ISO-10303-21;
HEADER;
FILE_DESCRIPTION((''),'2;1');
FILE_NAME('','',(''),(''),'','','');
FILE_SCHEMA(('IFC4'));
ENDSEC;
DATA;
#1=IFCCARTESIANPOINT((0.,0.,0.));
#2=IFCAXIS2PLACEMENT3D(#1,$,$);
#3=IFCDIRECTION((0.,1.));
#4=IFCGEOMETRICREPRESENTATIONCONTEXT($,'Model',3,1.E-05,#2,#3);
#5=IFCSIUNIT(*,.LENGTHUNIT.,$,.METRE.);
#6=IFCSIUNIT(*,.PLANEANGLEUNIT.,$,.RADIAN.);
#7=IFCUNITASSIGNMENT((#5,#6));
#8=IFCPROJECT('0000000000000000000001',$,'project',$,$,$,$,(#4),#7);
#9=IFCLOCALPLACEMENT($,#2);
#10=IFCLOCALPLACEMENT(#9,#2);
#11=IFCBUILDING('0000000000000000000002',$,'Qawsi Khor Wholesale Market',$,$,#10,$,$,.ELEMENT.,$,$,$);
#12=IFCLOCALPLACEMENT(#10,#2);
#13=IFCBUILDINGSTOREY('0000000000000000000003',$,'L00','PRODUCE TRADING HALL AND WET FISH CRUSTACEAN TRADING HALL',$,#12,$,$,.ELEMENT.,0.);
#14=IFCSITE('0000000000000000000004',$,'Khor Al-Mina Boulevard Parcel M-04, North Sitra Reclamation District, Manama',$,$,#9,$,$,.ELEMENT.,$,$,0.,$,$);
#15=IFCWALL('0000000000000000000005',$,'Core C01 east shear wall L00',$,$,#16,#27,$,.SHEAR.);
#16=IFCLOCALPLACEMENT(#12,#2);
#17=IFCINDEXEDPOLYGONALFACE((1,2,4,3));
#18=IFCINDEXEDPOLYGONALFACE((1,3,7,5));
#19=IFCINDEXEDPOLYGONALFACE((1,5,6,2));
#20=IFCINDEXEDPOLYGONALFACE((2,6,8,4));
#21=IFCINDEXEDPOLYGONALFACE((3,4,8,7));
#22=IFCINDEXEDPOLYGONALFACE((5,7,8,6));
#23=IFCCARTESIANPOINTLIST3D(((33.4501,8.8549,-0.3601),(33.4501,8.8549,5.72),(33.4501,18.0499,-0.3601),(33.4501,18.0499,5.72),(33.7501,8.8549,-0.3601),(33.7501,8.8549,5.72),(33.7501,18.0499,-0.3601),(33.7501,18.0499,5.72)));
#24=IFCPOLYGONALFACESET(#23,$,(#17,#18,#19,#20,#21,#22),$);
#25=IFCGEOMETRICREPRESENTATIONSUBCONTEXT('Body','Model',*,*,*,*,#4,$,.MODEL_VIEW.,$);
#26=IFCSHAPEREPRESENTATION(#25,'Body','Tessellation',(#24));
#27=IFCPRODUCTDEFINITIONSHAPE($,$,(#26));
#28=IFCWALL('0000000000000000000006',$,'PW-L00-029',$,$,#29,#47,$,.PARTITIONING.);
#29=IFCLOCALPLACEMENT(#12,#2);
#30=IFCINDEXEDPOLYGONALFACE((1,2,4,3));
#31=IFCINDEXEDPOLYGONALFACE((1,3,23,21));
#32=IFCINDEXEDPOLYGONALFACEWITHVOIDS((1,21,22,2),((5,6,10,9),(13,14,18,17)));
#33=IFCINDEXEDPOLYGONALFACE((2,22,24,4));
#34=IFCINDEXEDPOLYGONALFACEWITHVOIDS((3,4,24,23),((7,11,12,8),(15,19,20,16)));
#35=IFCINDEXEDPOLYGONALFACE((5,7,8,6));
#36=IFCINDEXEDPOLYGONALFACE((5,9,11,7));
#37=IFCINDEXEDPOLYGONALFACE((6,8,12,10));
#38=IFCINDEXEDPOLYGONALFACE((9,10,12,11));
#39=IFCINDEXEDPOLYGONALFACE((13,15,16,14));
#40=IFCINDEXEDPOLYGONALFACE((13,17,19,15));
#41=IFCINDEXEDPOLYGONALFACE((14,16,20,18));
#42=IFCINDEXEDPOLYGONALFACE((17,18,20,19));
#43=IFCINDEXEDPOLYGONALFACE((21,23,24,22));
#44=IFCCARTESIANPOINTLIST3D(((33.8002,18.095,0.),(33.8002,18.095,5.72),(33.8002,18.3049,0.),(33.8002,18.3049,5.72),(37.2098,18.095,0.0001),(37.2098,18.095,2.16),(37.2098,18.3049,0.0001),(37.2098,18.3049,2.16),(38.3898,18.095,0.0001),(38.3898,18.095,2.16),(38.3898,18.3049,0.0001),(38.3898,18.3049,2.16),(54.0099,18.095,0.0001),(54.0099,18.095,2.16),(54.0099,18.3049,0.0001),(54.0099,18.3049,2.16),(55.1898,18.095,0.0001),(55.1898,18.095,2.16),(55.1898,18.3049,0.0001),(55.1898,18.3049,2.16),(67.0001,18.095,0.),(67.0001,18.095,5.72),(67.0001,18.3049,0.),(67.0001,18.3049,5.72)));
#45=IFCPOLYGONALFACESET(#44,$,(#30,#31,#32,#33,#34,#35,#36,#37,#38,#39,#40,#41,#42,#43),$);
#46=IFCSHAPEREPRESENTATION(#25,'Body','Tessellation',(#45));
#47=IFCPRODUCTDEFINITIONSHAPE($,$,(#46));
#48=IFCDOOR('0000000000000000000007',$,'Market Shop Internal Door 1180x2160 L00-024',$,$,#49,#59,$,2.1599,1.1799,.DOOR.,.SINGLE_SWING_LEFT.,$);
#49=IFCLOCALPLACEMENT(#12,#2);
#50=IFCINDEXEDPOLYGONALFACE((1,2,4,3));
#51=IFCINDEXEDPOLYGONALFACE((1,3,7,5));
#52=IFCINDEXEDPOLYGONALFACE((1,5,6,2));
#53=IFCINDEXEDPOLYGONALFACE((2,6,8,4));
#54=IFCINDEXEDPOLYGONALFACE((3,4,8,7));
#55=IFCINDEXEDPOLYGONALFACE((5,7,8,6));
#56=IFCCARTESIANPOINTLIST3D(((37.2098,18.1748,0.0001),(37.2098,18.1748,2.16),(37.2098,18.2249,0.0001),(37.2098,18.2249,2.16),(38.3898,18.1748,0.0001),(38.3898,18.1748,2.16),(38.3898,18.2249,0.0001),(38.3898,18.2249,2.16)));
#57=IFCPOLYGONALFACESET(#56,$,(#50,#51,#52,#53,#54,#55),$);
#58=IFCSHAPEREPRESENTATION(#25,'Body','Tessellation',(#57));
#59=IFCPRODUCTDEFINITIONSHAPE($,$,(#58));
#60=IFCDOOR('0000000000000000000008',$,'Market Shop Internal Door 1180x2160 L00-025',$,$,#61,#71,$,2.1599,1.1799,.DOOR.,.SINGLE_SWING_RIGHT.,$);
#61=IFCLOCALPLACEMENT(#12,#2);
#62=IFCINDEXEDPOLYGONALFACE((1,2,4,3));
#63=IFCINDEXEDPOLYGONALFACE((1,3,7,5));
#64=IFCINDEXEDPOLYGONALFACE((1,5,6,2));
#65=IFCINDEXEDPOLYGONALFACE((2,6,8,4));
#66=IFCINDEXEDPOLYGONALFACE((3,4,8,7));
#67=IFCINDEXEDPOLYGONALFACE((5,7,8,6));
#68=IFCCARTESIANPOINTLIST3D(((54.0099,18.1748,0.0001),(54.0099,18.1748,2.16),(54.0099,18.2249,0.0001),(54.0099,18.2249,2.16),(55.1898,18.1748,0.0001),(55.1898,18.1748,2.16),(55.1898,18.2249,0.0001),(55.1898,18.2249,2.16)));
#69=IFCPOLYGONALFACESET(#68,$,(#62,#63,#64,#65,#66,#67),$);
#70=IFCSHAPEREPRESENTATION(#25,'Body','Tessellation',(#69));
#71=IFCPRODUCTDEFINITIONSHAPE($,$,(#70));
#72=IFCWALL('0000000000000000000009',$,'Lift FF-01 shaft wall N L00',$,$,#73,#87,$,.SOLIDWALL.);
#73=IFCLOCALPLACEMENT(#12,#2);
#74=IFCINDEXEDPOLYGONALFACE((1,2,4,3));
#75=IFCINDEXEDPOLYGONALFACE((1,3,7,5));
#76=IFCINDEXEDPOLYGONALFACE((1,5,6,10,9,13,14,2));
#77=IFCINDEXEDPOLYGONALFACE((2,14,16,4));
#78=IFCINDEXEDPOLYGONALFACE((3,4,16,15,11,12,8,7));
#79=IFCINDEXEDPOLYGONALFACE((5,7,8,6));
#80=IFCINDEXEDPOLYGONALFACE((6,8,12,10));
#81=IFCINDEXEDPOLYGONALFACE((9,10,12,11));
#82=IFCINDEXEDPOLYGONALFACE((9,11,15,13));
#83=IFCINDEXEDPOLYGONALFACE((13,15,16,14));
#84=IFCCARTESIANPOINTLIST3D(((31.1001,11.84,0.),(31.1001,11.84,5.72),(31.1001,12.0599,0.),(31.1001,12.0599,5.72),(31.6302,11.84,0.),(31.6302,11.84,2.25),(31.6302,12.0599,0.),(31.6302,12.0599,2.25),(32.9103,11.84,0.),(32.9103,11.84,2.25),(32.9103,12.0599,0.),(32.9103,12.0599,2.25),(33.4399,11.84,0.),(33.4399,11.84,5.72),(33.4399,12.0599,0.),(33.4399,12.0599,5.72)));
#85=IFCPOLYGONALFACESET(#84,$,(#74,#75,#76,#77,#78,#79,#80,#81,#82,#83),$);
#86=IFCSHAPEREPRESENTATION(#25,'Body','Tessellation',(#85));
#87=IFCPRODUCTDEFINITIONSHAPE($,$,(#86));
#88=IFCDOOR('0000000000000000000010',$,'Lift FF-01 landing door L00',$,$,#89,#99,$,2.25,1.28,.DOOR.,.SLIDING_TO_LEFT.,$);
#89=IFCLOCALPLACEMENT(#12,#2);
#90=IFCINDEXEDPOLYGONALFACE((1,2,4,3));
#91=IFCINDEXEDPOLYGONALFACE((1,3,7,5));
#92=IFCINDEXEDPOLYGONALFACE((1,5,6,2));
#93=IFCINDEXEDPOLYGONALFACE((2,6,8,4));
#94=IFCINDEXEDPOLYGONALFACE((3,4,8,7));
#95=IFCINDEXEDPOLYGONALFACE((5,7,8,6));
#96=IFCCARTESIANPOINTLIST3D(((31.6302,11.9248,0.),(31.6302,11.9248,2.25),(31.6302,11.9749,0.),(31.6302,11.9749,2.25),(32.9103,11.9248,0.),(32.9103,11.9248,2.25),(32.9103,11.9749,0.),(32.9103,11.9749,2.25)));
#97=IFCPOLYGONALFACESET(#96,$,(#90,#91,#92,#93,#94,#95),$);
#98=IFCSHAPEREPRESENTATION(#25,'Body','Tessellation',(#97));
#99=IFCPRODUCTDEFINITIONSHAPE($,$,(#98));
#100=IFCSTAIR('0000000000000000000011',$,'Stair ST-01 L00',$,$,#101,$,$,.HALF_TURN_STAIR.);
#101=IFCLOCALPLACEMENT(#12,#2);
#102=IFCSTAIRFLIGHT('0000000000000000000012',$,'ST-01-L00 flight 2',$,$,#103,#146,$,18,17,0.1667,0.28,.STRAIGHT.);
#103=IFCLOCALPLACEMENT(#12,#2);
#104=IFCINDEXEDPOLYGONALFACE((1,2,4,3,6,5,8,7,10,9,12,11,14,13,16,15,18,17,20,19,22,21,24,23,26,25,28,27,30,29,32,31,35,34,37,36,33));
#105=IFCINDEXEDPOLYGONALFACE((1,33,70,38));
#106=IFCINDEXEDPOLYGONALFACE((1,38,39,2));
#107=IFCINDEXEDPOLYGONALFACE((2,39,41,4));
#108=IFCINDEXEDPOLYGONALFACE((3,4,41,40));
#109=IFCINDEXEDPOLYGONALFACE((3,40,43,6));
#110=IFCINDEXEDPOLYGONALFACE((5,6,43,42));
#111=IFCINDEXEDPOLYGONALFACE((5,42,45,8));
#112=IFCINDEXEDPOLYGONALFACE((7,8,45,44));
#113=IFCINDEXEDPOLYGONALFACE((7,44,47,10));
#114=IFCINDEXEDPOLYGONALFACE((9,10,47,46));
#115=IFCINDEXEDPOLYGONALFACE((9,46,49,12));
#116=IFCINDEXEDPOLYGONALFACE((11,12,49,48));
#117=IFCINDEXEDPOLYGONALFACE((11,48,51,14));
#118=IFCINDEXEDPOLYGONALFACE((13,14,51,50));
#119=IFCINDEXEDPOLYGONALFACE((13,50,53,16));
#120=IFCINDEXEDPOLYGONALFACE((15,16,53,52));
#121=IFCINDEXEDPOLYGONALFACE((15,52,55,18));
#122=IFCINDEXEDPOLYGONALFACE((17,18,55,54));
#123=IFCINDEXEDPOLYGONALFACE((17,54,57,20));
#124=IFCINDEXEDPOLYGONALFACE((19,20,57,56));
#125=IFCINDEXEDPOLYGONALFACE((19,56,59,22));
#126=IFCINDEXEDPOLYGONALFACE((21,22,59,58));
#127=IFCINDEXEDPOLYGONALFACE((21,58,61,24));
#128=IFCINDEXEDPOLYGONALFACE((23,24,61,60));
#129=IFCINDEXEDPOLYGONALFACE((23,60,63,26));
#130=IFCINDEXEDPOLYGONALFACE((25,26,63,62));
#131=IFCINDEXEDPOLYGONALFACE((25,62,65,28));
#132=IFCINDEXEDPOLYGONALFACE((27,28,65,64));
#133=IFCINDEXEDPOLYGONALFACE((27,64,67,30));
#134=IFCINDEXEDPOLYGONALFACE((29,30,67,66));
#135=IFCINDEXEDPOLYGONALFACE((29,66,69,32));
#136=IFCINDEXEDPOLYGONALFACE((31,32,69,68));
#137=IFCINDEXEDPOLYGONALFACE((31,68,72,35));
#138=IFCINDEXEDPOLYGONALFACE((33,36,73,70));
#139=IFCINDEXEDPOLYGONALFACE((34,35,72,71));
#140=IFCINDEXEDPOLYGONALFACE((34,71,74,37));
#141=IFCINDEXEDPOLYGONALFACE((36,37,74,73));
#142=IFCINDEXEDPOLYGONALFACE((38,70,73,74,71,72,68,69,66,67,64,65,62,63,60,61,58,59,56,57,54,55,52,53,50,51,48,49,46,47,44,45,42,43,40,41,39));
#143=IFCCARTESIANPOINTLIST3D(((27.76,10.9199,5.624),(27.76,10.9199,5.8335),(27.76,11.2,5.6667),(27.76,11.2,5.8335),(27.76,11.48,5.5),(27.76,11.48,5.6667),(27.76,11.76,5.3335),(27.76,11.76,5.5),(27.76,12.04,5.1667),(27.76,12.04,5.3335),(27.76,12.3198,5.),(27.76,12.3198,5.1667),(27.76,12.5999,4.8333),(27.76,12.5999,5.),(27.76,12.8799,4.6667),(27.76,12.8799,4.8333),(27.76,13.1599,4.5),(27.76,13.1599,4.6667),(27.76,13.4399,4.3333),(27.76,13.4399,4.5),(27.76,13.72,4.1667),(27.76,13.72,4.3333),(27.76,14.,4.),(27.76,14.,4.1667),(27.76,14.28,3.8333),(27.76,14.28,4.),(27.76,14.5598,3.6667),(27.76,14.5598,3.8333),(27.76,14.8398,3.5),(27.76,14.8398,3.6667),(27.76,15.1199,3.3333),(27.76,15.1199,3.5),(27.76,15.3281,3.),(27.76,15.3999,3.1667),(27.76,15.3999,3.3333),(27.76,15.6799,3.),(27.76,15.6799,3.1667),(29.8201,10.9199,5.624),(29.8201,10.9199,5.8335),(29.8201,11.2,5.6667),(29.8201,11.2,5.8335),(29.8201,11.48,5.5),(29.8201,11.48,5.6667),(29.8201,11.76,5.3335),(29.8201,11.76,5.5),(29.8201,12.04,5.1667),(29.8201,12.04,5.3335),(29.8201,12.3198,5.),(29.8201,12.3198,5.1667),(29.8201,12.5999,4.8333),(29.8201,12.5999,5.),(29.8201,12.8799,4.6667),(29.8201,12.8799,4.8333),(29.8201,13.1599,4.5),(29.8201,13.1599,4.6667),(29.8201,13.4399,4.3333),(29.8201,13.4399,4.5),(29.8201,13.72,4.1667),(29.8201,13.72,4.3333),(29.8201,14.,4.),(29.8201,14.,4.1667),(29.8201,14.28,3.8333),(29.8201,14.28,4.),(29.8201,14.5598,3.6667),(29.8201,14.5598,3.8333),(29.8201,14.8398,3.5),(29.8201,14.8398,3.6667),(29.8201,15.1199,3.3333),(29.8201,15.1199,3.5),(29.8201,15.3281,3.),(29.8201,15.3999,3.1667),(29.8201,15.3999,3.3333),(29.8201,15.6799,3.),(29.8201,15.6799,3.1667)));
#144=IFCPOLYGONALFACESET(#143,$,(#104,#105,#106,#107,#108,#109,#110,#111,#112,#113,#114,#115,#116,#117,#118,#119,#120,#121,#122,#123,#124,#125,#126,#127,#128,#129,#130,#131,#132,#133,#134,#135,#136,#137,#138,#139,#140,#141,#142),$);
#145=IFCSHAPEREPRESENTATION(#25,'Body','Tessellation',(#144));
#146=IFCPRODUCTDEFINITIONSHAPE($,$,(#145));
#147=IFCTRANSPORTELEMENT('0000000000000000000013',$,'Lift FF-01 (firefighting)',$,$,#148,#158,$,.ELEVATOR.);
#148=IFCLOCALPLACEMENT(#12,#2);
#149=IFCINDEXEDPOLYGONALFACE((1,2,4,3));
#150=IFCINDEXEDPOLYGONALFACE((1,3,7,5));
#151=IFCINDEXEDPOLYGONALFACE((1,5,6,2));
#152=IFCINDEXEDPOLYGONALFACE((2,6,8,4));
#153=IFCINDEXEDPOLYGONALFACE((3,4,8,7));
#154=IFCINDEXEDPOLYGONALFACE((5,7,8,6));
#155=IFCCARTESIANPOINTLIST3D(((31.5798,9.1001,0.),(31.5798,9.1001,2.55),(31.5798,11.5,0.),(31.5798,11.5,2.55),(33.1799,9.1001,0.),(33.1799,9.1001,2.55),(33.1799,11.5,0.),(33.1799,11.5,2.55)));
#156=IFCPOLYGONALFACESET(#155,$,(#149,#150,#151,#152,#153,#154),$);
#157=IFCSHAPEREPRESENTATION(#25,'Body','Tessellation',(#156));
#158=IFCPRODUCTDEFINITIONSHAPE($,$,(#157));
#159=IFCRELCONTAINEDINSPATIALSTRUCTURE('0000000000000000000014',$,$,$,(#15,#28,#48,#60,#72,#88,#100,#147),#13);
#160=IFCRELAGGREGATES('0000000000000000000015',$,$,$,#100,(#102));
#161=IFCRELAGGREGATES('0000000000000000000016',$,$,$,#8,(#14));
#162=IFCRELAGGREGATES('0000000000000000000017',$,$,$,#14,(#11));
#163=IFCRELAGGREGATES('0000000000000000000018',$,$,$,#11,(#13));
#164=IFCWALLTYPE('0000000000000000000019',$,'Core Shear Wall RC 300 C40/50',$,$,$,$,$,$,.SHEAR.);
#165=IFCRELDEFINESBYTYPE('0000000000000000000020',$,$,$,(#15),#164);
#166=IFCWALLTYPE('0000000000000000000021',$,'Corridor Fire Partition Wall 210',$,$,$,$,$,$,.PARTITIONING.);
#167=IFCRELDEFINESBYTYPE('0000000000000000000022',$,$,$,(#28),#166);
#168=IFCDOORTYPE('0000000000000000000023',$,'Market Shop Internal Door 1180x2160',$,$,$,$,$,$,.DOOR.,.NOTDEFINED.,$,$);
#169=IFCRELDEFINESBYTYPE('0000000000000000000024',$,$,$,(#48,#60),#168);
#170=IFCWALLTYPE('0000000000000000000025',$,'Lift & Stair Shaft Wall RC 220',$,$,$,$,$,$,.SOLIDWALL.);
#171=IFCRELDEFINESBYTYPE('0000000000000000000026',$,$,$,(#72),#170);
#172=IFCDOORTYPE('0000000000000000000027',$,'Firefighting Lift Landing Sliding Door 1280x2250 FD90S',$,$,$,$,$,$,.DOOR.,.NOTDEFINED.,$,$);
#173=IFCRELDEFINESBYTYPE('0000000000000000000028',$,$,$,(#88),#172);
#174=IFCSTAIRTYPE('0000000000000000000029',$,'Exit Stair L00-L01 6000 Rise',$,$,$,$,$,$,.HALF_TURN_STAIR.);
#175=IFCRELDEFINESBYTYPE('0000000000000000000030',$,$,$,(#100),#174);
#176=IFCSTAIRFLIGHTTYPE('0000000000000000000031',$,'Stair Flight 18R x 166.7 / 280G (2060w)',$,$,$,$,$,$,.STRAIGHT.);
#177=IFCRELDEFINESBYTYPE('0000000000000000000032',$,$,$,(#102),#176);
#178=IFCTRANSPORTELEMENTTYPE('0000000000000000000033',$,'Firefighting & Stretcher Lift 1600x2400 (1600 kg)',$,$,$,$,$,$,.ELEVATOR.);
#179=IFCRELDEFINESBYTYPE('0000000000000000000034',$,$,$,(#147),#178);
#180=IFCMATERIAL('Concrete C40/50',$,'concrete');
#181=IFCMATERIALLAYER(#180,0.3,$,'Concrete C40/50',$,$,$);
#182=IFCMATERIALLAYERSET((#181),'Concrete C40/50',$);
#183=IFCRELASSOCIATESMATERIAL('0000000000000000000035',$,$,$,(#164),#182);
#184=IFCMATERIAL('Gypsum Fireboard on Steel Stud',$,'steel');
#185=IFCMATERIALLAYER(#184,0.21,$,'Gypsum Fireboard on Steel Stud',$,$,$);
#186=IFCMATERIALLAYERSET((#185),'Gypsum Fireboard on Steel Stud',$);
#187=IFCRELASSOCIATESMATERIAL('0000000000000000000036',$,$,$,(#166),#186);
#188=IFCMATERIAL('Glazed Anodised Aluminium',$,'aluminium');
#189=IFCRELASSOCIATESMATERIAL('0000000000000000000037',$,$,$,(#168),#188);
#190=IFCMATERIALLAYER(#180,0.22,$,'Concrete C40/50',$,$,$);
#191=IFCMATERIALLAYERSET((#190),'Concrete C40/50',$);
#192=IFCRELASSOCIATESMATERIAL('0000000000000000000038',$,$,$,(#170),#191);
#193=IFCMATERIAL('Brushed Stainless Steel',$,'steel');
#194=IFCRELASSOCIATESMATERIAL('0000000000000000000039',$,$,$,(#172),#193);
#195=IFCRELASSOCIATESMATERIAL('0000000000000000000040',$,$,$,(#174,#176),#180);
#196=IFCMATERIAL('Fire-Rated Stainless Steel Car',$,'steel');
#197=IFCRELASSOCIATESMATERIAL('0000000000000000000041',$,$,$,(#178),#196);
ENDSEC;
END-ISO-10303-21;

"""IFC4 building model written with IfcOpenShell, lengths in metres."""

from ifc_helpers import new_model, si_unit, direction, frame, frame_2d, origin, origin_2d, place, context, subcontext, project, spatial, polyline, rectangle, outline, extrude, material, layer, layer_set, type_object, element, fill, aggregate, save


model = new_model("IFC4")

# Units and contexts
model_context = context("Model", 3, precision=1e-05, world=origin(), true_north=direction((0.0, 1.0)))
body_context = subcontext(model_context, "Body", "Model", "MODEL_VIEW")
ifc_project = project(units=[si_unit("LENGTHUNIT", "METRE"), si_unit("PLANEANGLEUNIT", "RADIAN")], contexts=[model_context])

# Site, building, storey
site_placement = place(None, origin())
site = spatial("IfcSite", under=ifc_project, at=site_placement, Name="Khor Al-Mina Boulevard Parcel M-04, North Sitra Reclamation District, Manama", CompositionType="ELEMENT", RefElevation=0.0)
building_placement = place(site_placement, origin())
building = spatial("IfcBuilding", under=site, at=building_placement, Name="Qawsi Khor Wholesale Market", CompositionType="ELEMENT")
storey_placement = place(building_placement, origin())
storey = spatial("IfcBuildingStorey", under=building, at=storey_placement, Name="L00", Description="PRODUCE TRADING HALL AND WET FISH CRUSTACEAN TRADING HALL", CompositionType="ELEMENT", Elevation=0.0)

# Shared definitions
ifc_material_1 = material(Name="Concrete C40/50", Category="concrete")

# Wall
ifc_layer_1 = layer(ifc_material_1, 0.3, Name="Concrete C40/50")
ifc_layer_set_1 = layer_set([ifc_layer_1], Name="Concrete C40/50")
wall_type_1 = type_object("IfcWallType", Name="Core Shear Wall RC 300 C40/50", PredefinedType="SHEAR", material=ifc_layer_set_1)
wall_1_placement = place(storey_placement, frame((33.6001, 18.05, -0.3601), z_axis=(0.0, 0.0, 1.0), x_axis=(0.0, -1.0, 0.0)))
element("IfcWall", 1, at=wall_1_placement, inside=storey, type_object=wall_type_1, Name="Core C01 east shear wall L00", PredefinedType="SHEAR", context=body_context, shape_type="SweptSolid", body=[
    extrude(rectangle(XDim=9.1951, YDim=0.3, at=frame_2d((4.5977, 0.0))), origin(), (0.0, 0.0, 1.0), 6.0801),
])

# Wall, openings, doors
ifc_material_2 = material(Name="Gypsum Fireboard on Steel Stud", Category="steel")
ifc_layer_2 = layer(ifc_material_2, 0.21, Name="Gypsum Fireboard on Steel Stud")
ifc_layer_set_2 = layer_set([ifc_layer_2], Name="Gypsum Fireboard on Steel Stud")
wall_type_2 = type_object("IfcWallType", Name="Corridor Fire Partition Wall 210", PredefinedType="PARTITIONING", material=ifc_layer_set_2)
wall_2_placement = place(storey_placement, frame((33.8, 18.2, 0.0), z_axis=(0.0, 0.0, 1.0), x_axis=(1.0, 0.0, 0.0)))
wall_2 = element("IfcWall", 2, at=wall_2_placement, inside=storey, type_object=wall_type_2, Name="PW-L00-029", PredefinedType="PARTITIONING", context=body_context, shape_type="SweptSolid", body=[
    extrude(rectangle(XDim=33.2, YDim=0.21, at=frame_2d((16.6001, 0.0))), origin(), (0.0, 0.0, 1.0), 5.72),
])
opening_1_placement = place(wall_2_placement, frame((3.4099, 0.0, 0.0)))
opening_1 = element("IfcOpeningElement", 3, at=opening_1_placement, cuts=wall_2, PredefinedType="OPENING", context=body_context, shape_type="SweptSolid", body=[
    extrude(rectangle(XDim=1.1799, YDim=2.1599, at=frame_2d((0.5898, 1.0801))), frame((0.0, 0.115, 0.0), z_axis=(0.0, -1.0, 0.0), x_axis=(1.0, 0.0, 0.0)), (0.0, 0.0, 1.0), 0.23),
])
opening_2_placement = place(wall_2_placement, frame((20.21, 0.0, 0.0)))
opening_2 = element("IfcOpeningElement", 4, at=opening_2_placement, cuts=wall_2, PredefinedType="OPENING", context=body_context, shape_type="SweptSolid", body=[
    extrude(rectangle(XDim=1.1799, YDim=2.1599, at=frame_2d((0.5898, 1.0801))), frame((0.0, 0.115, 0.0), z_axis=(0.0, -1.0, 0.0), x_axis=(1.0, 0.0, 0.0)), (0.0, 0.0, 1.0), 0.23),
])
ifc_material_3 = material(Name="Glazed Anodised Aluminium", Category="aluminium")
door_type_1 = type_object("IfcDoorType", Name="Market Shop Internal Door 1180x2160", OperationType="NOTDEFINED", PredefinedType="DOOR", material=ifc_material_3)
door_1_placement = place(opening_1_placement, origin())
door_1 = element("IfcDoor", 5, at=door_1_placement, inside=storey, type_object=door_type_1, Name="Market Shop Internal Door 1180x2160 L00-024", OperationType="SINGLE_SWING_LEFT", OverallHeight=2.1599, OverallWidth=1.1799, PredefinedType="DOOR", context=body_context, shape_type="SweptSolid", body=[
    extrude(rectangle(XDim=1.1799, YDim=2.1599, at=frame_2d((0.5898, 1.0801))), frame((0.0, 0.0249, 0.0), z_axis=(0.0, -1.0, 0.0), x_axis=(1.0, 0.0, 0.0)), (0.0, 0.0, 1.0), 0.05),
])
fill(opening_1, door_1)
door_2_placement = place(opening_2_placement, origin())
door_2 = element("IfcDoor", 6, at=door_2_placement, inside=storey, type_object=door_type_1, Name="Market Shop Internal Door 1180x2160 L00-025", OperationType="SINGLE_SWING_RIGHT", OverallHeight=2.1599, OverallWidth=1.1799, PredefinedType="DOOR", context=body_context, shape_type="SweptSolid", body=[
    extrude(rectangle(XDim=1.1799, YDim=2.1599, at=frame_2d((0.5898, 1.0801))), frame((0.0, 0.0249, 0.0), z_axis=(0.0, -1.0, 0.0), x_axis=(1.0, 0.0, 0.0)), (0.0, 0.0, 1.0), 0.05),
])
fill(opening_2, door_2)

# Wall, opening, door
ifc_layer_3 = layer(ifc_material_1, 0.22, Name="Concrete C40/50")
ifc_layer_set_3 = layer_set([ifc_layer_3], Name="Concrete C40/50")
wall_type_3 = type_object("IfcWallType", Name="Lift & Stair Shaft Wall RC 220", PredefinedType="SOLIDWALL", material=ifc_layer_set_3)
wall_3_placement = place(storey_placement, frame((31.1001, 11.95, 0.0), z_axis=(0.0, 0.0, 1.0), x_axis=(1.0, 0.0, 0.0)))
wall_3 = element("IfcWall", 7, at=wall_3_placement, inside=storey, type_object=wall_type_3, Name="Lift FF-01 shaft wall N L00", PredefinedType="SOLIDWALL", context=body_context, shape_type="SweptSolid", body=[
    extrude(rectangle(XDim=2.3398, YDim=0.22, at=frame_2d((1.1699, 0.0))), origin(), (0.0, 0.0, 1.0), 5.72),
])
opening_3_placement = place(wall_3_placement, frame((0.53, 0.0, 0.0)))
opening_3 = element("IfcOpeningElement", 8, at=opening_3_placement, cuts=wall_3, PredefinedType="OPENING", context=body_context, shape_type="SweptSolid", body=[
    extrude(rectangle(XDim=1.28, YDim=2.25, at=frame_2d((0.6401, 1.125))), frame((0.0, 0.1199, 0.0), z_axis=(0.0, -1.0, 0.0), x_axis=(1.0, 0.0, 0.0)), (0.0, 0.0, 1.0), 0.24),
])
ifc_material_4 = material(Name="Brushed Stainless Steel", Category="steel")
door_type_2 = type_object("IfcDoorType", Name="Firefighting Lift Landing Sliding Door 1280x2250 FD90S", OperationType="NOTDEFINED", PredefinedType="DOOR", material=ifc_material_4)
door_3_placement = place(opening_3_placement, origin())
door_3 = element("IfcDoor", 9, at=door_3_placement, inside=storey, type_object=door_type_2, Name="Lift FF-01 landing door L00", OperationType="SLIDING_TO_LEFT", OverallHeight=2.25, OverallWidth=1.28, PredefinedType="DOOR", context=body_context, shape_type="SweptSolid", body=[
    extrude(rectangle(XDim=1.28, YDim=2.25, at=frame_2d((0.6401, 1.125))), frame((0.0, 0.0249, 0.0), z_axis=(0.0, -1.0, 0.0), x_axis=(1.0, 0.0, 0.0)), (0.0, 0.0, 1.0), 0.05),
])
fill(opening_3, door_3)

# Stair, stair flight
stair_type = type_object("IfcStairType", Name="Exit Stair L00-L01 6000 Rise", PredefinedType="HALF_TURN_STAIR", material=ifc_material_1)
stair_placement = place(storey_placement, origin())
stair = element("IfcStair", 10, at=stair_placement, inside=storey, type_object=stair_type, Name="Stair ST-01 L00", PredefinedType="HALF_TURN_STAIR")
stair_flight_type = type_object("IfcStairFlightType", Name="Stair Flight 18R x 166.7 / 280G (2060w)", PredefinedType="STRAIGHT", material=ifc_material_1)
stair_flight_placement = place(storey_placement, frame((28.79, 15.6799, 3.0), z_axis=(0.0, 0.0, 1.0), x_axis=(0.0, -1.0, 0.0)))
stair_flight = element("IfcStairFlight", 11, at=stair_flight_placement, type_object=stair_flight_type, Name="ST-01-L00 flight 2", NumberOfRisers=18, NumberOfTreads=17, PredefinedType="STRAIGHT", RiserHeight=0.1667, TreadLength=0.28, context=body_context, shape_type="SweptSolid", body=[
    extrude(outline(polyline([(0.0, 0.0), (0.0, 0.1667), (0.28, 0.1667), (0.28, 0.3333), (0.5601, 0.3333), (0.5601, 0.5), (0.8401, 0.5), (0.8401, 0.6667), (1.1201, 0.6667), (1.1201, 0.8333), (1.3999, 0.8333), (1.3999, 1.0), (1.6799, 1.0), (1.6799, 1.1667), (1.96, 1.1667), (1.96, 1.3333), (2.24, 1.3333), (2.24, 1.5), (2.52, 1.5), (2.52, 1.6667), (2.8, 1.6667), (2.8, 1.8333), (3.0801, 1.8333), (3.0801, 2.0), (3.3601, 2.0), (3.3601, 2.1667), (3.6399, 2.1667), (3.6399, 2.3335), (3.9199, 2.3335), (3.9199, 2.5), (4.2, 2.5), (4.2, 2.6667), (4.48, 2.6667), (4.48, 2.8335), (4.76, 2.8335), (4.76, 3.0), (4.76, 2.624), (0.3518, 0.0), (0.0, 0.0)])), frame((0.0, 1.03, 0.0), z_axis=(0.0, -1.0, 0.0), x_axis=(1.0, 0.0, 0.0)), (0.0, 0.0, 1.0), 2.0601),
])
aggregate(stair, [stair_flight])

# Transport element
ifc_material_5 = material(Name="Fire-Rated Stainless Steel Car", Category="steel")
transport_element_type = type_object("IfcTransportElementType", Name="Firefighting & Stretcher Lift 1600x2400 (1600 kg)", PredefinedType="ELEVATOR", material=ifc_material_5)
transport_element_placement = place(storey_placement, frame((32.3799, 10.3, 0.0), z_axis=(0.0, 0.0, 1.0), x_axis=(1.0, 0.0, 0.0)))
element("IfcTransportElement", 12, at=transport_element_placement, inside=storey, type_object=transport_element_type, Name="Lift FF-01 (firefighting)", PredefinedType="ELEVATOR", context=body_context, shape_type="SweptSolid", body=[
    extrude(rectangle(XDim=1.6001, YDim=2.3999, at=origin_2d()), origin(), (0.0, 0.0, 1.0), 2.55),
])

save(model, "model.ifc")
